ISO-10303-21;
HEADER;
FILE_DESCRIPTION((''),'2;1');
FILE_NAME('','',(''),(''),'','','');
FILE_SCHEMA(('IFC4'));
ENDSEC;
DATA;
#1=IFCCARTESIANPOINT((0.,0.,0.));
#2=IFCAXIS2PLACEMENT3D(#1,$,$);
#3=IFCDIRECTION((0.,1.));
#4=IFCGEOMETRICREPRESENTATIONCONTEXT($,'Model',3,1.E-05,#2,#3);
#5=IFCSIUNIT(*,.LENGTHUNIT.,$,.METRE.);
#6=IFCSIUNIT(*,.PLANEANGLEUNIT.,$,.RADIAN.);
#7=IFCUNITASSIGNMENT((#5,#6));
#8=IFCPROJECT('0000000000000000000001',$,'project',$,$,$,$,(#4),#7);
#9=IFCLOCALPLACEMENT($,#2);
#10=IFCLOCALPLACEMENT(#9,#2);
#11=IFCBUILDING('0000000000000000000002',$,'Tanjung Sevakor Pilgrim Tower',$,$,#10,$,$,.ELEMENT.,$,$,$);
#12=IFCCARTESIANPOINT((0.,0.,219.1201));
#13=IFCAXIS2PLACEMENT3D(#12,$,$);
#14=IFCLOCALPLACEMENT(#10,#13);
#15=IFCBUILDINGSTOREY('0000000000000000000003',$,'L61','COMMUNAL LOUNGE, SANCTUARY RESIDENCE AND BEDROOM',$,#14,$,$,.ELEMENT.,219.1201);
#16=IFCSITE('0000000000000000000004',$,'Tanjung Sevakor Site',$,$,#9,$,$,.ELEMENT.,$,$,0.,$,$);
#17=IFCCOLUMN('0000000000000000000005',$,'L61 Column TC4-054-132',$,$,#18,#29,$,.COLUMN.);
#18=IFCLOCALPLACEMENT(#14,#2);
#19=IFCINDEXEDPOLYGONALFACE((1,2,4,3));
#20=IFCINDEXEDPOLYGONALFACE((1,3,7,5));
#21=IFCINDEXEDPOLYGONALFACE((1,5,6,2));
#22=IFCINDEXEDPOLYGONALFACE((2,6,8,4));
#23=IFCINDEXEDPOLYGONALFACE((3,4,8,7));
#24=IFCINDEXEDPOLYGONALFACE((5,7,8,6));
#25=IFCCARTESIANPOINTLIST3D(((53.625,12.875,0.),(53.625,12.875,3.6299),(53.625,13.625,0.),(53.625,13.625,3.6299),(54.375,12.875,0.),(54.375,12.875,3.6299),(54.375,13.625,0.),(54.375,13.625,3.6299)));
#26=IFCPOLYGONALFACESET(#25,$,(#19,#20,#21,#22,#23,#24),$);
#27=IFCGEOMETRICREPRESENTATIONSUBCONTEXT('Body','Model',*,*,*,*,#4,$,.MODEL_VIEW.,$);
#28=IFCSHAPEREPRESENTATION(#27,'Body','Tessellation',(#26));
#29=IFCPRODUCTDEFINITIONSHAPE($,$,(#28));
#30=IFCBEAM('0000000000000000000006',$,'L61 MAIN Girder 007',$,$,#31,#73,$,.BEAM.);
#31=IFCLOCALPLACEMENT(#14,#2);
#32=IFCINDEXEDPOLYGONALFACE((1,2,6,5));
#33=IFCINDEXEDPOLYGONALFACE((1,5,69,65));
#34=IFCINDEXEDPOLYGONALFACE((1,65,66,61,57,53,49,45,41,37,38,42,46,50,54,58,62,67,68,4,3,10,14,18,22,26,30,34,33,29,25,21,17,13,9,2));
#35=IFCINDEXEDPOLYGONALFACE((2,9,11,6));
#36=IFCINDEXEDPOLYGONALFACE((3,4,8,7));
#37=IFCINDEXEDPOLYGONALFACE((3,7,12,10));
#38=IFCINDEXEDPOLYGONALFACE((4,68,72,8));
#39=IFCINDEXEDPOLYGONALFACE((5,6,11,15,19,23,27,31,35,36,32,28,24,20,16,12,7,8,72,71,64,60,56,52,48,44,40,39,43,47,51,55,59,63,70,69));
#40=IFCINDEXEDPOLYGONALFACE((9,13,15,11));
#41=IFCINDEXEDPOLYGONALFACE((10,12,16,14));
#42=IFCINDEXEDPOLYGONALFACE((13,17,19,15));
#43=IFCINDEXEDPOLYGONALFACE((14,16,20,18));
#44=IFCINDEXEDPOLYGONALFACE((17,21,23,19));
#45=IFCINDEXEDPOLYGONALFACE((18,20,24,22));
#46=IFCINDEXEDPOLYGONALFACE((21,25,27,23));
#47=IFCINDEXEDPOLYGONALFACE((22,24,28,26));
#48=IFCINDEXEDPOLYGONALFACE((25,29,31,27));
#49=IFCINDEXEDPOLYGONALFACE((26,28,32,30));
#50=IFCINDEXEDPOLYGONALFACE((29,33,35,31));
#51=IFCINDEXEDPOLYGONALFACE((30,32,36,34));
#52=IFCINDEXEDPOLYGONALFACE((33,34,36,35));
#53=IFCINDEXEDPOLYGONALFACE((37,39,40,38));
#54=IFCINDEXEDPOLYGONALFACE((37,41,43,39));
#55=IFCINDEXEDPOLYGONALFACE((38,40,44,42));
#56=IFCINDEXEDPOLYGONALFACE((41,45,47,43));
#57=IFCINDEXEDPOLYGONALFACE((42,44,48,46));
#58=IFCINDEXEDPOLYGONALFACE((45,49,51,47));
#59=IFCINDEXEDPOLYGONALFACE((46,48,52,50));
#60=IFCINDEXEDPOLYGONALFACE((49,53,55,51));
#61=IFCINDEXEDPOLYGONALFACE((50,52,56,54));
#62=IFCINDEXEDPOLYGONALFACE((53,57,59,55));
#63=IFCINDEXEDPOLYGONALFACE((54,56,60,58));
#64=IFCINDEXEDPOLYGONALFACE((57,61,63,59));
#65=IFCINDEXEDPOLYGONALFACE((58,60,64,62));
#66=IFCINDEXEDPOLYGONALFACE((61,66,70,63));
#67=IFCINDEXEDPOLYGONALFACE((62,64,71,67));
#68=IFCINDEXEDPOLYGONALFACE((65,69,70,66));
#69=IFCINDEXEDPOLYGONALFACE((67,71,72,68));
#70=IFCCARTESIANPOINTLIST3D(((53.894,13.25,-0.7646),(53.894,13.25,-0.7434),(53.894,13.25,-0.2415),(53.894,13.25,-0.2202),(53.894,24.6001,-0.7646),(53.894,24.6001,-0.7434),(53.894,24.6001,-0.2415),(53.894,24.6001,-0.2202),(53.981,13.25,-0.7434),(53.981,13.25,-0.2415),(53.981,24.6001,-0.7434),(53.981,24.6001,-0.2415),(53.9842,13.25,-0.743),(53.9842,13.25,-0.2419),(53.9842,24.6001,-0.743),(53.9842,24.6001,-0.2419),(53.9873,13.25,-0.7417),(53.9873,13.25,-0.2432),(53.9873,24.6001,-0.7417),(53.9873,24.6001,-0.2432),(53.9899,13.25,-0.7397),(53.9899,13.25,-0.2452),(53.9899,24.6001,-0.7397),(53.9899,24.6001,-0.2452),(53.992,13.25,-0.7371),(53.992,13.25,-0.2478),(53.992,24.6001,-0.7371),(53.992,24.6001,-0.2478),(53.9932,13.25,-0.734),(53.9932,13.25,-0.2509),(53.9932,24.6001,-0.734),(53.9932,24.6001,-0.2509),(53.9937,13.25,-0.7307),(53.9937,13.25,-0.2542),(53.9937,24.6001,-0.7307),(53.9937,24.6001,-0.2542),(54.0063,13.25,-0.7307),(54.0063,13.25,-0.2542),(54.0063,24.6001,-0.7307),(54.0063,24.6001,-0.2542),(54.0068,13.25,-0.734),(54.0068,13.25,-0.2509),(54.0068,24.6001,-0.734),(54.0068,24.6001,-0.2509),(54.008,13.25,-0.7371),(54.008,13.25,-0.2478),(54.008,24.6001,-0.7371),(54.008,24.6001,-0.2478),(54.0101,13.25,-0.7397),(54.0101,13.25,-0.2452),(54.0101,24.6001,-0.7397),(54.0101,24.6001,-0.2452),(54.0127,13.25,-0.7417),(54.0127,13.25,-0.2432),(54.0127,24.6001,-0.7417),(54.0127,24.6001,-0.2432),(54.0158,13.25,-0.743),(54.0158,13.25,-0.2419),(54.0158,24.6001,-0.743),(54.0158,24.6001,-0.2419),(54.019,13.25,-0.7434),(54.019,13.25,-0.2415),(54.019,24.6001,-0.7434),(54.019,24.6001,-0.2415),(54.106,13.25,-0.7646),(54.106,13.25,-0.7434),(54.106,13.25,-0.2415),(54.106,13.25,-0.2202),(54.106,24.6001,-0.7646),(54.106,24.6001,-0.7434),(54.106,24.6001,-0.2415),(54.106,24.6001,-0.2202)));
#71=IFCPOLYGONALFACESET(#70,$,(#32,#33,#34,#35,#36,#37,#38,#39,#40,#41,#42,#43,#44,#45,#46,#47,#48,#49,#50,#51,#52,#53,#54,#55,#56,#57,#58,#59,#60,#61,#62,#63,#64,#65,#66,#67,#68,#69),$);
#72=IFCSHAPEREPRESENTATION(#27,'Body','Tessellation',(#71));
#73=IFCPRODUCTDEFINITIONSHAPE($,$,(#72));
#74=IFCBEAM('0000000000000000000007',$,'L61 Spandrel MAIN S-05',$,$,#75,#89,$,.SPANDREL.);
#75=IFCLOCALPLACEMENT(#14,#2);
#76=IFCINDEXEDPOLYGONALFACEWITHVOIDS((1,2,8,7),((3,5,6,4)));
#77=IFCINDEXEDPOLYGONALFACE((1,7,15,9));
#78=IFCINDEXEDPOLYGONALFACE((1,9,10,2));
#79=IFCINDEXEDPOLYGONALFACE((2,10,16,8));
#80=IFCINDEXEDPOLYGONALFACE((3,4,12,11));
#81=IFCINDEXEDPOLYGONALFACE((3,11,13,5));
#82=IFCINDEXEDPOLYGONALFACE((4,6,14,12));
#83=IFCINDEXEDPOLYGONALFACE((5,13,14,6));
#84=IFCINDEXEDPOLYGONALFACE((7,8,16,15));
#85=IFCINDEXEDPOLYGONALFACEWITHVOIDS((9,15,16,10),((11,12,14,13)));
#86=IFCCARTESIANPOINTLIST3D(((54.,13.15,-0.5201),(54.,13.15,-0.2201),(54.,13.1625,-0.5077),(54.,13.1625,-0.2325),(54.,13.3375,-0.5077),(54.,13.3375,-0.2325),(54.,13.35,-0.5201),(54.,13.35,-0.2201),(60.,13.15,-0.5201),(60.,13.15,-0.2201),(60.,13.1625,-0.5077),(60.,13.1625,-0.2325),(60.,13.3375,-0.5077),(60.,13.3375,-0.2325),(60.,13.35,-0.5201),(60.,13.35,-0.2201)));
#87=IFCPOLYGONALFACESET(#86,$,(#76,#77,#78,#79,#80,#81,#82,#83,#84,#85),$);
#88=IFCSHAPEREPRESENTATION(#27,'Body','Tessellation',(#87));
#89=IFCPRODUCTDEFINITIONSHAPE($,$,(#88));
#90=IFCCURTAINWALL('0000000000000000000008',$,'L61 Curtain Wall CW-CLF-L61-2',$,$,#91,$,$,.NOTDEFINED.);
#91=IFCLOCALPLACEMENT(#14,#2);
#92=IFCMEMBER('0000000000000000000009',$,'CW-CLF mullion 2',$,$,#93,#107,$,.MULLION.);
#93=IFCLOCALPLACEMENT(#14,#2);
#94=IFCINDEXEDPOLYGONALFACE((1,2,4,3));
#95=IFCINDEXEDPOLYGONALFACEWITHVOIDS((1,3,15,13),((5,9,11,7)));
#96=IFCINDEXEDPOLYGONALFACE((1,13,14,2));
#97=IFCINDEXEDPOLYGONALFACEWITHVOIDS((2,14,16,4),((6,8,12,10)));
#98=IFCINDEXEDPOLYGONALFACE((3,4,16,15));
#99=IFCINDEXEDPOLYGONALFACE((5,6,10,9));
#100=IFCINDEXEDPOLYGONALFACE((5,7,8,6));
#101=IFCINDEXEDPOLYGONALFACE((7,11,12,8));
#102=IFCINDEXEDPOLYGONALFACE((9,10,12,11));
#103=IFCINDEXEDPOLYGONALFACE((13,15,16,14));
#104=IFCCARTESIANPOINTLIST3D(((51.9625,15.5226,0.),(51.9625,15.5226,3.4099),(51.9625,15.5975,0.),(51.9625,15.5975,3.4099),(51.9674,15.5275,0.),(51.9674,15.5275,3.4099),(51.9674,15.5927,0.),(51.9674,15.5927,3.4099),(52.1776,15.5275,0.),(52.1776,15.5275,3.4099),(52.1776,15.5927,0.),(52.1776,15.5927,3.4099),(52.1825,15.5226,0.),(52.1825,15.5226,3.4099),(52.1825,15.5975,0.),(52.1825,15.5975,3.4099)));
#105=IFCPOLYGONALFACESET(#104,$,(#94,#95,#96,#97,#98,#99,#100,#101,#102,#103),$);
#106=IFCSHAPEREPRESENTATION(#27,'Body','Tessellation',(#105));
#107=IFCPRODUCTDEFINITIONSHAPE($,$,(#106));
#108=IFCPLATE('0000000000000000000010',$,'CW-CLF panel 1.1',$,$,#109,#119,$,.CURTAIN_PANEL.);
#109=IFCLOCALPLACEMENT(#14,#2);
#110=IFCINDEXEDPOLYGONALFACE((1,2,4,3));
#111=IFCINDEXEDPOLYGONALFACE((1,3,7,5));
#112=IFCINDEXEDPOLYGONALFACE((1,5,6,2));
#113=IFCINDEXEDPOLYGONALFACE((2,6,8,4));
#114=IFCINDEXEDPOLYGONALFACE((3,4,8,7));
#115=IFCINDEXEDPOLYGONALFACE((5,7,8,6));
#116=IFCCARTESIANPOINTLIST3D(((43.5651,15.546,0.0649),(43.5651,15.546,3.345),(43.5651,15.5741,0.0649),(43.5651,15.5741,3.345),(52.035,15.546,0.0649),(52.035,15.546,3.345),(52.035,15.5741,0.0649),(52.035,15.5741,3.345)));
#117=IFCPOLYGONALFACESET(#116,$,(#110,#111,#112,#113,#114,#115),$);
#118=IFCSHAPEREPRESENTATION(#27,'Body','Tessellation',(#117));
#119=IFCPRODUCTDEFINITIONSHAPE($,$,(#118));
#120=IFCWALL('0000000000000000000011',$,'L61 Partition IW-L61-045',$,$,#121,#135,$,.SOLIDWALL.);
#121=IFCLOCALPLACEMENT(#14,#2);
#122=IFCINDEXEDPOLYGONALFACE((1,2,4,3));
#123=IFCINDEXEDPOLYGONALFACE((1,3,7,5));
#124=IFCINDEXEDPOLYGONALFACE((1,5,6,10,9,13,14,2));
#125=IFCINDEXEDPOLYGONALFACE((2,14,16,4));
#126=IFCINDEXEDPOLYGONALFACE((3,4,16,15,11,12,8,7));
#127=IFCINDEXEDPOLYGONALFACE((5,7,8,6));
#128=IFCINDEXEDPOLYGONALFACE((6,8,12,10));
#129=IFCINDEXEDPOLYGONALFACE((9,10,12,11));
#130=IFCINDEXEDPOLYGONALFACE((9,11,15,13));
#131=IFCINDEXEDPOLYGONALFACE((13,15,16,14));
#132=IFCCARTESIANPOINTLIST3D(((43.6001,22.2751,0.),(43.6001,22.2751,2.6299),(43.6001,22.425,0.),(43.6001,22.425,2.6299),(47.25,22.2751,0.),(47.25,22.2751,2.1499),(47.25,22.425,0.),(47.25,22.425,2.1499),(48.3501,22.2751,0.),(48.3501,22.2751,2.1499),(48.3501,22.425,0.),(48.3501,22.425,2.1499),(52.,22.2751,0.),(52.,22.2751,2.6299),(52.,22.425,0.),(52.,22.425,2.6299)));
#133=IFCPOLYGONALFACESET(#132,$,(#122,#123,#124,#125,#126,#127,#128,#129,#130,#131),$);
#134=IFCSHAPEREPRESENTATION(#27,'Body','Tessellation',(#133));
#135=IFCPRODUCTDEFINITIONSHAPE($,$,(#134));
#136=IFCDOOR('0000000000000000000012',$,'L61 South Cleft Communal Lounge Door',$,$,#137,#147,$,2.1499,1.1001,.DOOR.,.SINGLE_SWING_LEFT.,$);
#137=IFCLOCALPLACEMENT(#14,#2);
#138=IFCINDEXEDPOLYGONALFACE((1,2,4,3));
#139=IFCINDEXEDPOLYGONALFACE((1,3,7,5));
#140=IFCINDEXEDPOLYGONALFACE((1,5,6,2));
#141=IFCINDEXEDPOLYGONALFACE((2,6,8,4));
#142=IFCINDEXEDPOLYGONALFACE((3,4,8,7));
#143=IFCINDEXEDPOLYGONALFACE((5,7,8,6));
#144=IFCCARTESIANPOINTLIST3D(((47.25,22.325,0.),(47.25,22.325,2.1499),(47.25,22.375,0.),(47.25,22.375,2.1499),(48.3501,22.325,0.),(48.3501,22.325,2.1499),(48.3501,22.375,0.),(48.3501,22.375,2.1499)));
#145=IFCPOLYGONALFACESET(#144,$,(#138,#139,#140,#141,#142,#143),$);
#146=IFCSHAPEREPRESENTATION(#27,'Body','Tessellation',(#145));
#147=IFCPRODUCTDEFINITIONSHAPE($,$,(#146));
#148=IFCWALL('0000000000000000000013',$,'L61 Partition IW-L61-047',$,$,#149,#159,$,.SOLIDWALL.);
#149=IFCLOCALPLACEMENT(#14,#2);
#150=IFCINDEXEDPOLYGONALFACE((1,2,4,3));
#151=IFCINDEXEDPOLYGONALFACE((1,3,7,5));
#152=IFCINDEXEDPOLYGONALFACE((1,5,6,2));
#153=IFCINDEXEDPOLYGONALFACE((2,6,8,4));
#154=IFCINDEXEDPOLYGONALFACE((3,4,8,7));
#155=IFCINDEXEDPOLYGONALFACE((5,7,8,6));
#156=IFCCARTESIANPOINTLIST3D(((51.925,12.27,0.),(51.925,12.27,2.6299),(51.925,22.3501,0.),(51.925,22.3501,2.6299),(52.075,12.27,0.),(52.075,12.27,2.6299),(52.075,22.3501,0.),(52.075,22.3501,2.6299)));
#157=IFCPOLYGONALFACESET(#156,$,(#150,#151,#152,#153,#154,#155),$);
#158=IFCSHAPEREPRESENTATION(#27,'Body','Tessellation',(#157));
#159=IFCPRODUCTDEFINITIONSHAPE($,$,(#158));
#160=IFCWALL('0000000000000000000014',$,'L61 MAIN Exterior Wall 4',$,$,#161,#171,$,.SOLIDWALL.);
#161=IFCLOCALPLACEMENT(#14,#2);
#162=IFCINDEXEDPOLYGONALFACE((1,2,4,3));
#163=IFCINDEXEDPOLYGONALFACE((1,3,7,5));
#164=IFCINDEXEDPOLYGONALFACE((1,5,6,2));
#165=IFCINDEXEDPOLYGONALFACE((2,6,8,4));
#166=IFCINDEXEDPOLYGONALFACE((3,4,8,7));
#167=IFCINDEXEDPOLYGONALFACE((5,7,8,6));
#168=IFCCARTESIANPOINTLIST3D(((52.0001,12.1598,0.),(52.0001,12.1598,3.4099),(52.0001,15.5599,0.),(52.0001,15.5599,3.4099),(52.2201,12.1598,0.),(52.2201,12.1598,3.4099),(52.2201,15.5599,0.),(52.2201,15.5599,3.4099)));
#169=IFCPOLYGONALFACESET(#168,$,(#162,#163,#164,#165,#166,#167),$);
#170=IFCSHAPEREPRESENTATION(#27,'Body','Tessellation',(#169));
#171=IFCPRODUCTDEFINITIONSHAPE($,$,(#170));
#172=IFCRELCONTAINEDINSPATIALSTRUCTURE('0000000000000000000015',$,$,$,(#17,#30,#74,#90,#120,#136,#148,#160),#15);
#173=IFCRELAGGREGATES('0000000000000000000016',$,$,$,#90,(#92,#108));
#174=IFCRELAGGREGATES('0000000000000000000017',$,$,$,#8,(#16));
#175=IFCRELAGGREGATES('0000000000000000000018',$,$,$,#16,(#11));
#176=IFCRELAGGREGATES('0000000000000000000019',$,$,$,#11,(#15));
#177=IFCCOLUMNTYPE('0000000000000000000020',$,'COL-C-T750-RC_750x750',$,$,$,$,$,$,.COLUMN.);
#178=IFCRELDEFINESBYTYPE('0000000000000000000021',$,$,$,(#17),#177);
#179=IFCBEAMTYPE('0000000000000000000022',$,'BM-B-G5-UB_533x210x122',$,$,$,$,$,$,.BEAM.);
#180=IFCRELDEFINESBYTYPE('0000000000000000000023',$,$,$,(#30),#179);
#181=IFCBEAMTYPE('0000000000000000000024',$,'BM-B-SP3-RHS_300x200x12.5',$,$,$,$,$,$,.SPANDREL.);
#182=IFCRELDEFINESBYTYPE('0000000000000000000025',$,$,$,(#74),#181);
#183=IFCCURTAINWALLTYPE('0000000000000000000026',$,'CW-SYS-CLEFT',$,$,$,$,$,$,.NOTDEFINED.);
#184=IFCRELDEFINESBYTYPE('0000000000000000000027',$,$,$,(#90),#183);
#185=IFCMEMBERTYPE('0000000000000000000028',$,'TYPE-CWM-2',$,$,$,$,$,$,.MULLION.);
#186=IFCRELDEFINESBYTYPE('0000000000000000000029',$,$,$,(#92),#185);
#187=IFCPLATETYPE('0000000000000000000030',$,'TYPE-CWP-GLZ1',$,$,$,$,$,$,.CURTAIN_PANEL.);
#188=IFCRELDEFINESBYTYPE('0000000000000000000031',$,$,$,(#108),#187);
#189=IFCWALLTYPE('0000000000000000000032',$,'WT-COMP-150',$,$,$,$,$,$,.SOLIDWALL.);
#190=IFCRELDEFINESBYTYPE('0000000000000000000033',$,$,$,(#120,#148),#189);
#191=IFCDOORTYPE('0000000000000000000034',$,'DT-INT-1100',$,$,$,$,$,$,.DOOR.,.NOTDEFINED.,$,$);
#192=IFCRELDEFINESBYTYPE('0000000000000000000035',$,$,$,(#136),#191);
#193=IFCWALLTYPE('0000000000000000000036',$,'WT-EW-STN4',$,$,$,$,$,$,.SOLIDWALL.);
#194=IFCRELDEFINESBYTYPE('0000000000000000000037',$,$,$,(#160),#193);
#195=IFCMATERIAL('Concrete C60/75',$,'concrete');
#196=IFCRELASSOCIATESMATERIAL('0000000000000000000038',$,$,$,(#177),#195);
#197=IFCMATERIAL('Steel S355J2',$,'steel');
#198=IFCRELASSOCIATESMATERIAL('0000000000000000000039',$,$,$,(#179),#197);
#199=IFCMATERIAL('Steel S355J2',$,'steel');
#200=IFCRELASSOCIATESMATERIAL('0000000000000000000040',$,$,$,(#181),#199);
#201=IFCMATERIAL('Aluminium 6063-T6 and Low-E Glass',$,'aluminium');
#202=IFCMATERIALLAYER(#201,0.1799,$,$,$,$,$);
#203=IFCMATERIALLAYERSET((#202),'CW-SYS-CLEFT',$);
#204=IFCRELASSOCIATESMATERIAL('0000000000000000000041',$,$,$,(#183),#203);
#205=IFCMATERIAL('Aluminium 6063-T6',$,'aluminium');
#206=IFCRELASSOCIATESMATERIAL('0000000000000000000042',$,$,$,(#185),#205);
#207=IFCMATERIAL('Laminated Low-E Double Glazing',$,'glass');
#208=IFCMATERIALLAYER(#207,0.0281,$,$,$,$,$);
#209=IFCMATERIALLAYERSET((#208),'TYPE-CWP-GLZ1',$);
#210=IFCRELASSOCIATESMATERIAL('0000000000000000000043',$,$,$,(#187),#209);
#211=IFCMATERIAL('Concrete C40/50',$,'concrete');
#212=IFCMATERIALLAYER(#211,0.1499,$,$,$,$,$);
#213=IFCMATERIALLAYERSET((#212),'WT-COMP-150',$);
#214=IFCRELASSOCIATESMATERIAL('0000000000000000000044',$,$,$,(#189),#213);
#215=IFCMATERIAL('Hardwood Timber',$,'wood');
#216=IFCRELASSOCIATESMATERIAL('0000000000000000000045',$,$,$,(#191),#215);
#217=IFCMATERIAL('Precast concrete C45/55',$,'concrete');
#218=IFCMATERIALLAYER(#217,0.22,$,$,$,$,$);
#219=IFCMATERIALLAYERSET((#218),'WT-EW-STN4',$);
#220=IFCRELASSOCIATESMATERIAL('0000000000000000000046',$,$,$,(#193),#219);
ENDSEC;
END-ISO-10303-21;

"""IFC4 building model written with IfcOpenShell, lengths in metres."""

from ifc_helpers import new_model, si_unit, direction, frame, frame_2d, origin, origin_2d, place, context, subcontext, project, spatial, rectangle, hollow_rectangle, i_section, extrude, material, layer, layer_set, material_profile, profile_set, type_object, element, fill, aggregate, save


model = new_model("IFC4")

# Units and contexts
model_context = context("Model", 3, precision=1e-05, world=origin(), true_north=direction((0.0, 1.0)))
body_context = subcontext(model_context, "Body", "Model", "MODEL_VIEW")
ifc_project = project(units=[si_unit("LENGTHUNIT", "METRE"), si_unit("PLANEANGLEUNIT", "RADIAN")], contexts=[model_context])

# Site, building, storey
site_placement = place(None, origin())
site = spatial("IfcSite", under=ifc_project, at=site_placement, Name="Tanjung Sevakor Site", CompositionType="ELEMENT", RefElevation=0.0)
building_placement = place(site_placement, origin())
building = spatial("IfcBuilding", under=site, at=building_placement, Name="Tanjung Sevakor Pilgrim Tower", CompositionType="ELEMENT")
storey_placement = place(building_placement, frame((0.0, 0.0, 219.1201)))
storey = spatial("IfcBuildingStorey", under=building, at=storey_placement, Name="L61", Description="COMMUNAL LOUNGE, SANCTUARY RESIDENCE AND BEDROOM", CompositionType="ELEMENT", Elevation=219.1201)

# Column
ifc_material_1 = material(Name="Concrete C60/75", Category="concrete")
ifc_material_profile_1 = material_profile(ifc_material_1, rectangle(XDim=0.75, YDim=0.75, at=origin_2d()))
ifc_profile_set_1 = profile_set([ifc_material_profile_1], Name="Concrete C60/75")
column_type = type_object("IfcColumnType", Name="COL-C-T750-RC_750x750", PredefinedType="COLUMN", material=ifc_profile_set_1)
column_placement = place(storey_placement, frame((54.0, 13.25, 0.0), z_axis=(0.0, 0.0, 1.0), x_axis=(1.0, 0.0, 0.0)))
element("IfcColumn", 1, at=column_placement, inside=storey, type_object=column_type, Name="L61 Column TC4-054-132", PredefinedType="COLUMN", context=body_context, shape_type="SweptSolid", body=[
    extrude(rectangle(XDim=0.75, YDim=0.75, at=origin_2d()), origin(), (0.0, 0.0, 1.0), 3.6299),
])

# Beams
ifc_material_2 = material(Name="Steel S355J2", Category="steel")
ifc_material_profile_2 = material_profile(ifc_material_2, i_section(OverallWidth=0.2119, OverallDepth=0.5444, WebThickness=0.0127, FlangeThickness=0.0212, FilletRadius=0.0127, at=origin_2d()))
ifc_profile_set_2 = profile_set([ifc_material_profile_2], Name="Steel S355J2")
beam_type_1 = type_object("IfcBeamType", Name="BM-B-G5-UB_533x210x122", PredefinedType="BEAM", material=ifc_profile_set_2)
beam_1_placement = place(storey_placement, frame((54.0, 13.25, -0.4924), z_axis=(0.0, 1.0, 0.0), x_axis=(-1.0, 0.0, 0.0)))
element("IfcBeam", 2, at=beam_1_placement, inside=storey, type_object=beam_type_1, Name="L61 MAIN Girder 007", PredefinedType="BEAM", context=body_context, shape_type="SweptSolid", body=[
    extrude(i_section(OverallWidth=0.2119, OverallDepth=0.5444, WebThickness=0.0127, FlangeThickness=0.0212, FilletRadius=0.0127, at=origin_2d()), origin(), (0.0, 0.0, 1.0), 11.3501),
])
ifc_material_3 = material(Name="Steel S355J2", Category="steel")
ifc_material_profile_3 = material_profile(ifc_material_3, hollow_rectangle(XDim=0.2, YDim=0.3, WallThickness=0.0125, at=origin_2d()))
ifc_profile_set_3 = profile_set([ifc_material_profile_3], Name="Steel S355J2")
beam_type_2 = type_object("IfcBeamType", Name="BM-B-SP3-RHS_300x200x12.5", PredefinedType="SPANDREL", material=ifc_profile_set_3)
beam_2_placement = place(storey_placement, frame((54.0, 13.25, -0.3701), z_axis=(1.0, 0.0, 0.0), x_axis=(0.0, 1.0, 0.0)))
element("IfcBeam", 3, at=beam_2_placement, inside=storey, type_object=beam_type_2, Name="L61 Spandrel MAIN S-05", PredefinedType="SPANDREL", context=body_context, shape_type="SweptSolid", body=[
    extrude(hollow_rectangle(XDim=0.2, YDim=0.3, WallThickness=0.0125, at=origin_2d()), origin(), (0.0, 0.0, 1.0), 6.0),
])

# Curtain wall, member, plate
ifc_material_4 = material(Name="Aluminium 6063-T6 and Low-E Glass", Category="aluminium")
ifc_layer_1 = layer(ifc_material_4, 0.1799)
ifc_layer_set_1 = layer_set([ifc_layer_1], Name="CW-SYS-CLEFT")
curtain_wall_type = type_object("IfcCurtainWallType", Name="CW-SYS-CLEFT", PredefinedType="NOTDEFINED", material=ifc_layer_set_1)
curtain_wall_placement = place(storey_placement, origin())
curtain_wall = element("IfcCurtainWall", 4, at=curtain_wall_placement, inside=storey, type_object=curtain_wall_type, Name="L61 Curtain Wall CW-CLF-L61-2", PredefinedType="NOTDEFINED")
ifc_material_5 = material(Name="Aluminium 6063-T6", Category="aluminium")
ifc_material_profile_4 = material_profile(ifc_material_5, hollow_rectangle(XDim=0.075, YDim=0.22, WallThickness=0.0049, at=origin_2d()))
ifc_profile_set_4 = profile_set([ifc_material_profile_4], Name="Aluminium 6063-T6")
member_type = type_object("IfcMemberType", Name="TYPE-CWM-2", PredefinedType="MULLION", material=ifc_profile_set_4)
member_placement = place(storey_placement, frame((52.0725, 15.5601, 0.0), z_axis=(0.0, 0.0, 1.0), x_axis=(0.0, 1.0, 0.0)))
member = element("IfcMember", 5, at=member_placement, type_object=member_type, Name="CW-CLF mullion 2", PredefinedType="MULLION", context=body_context, shape_type="SweptSolid", body=[
    extrude(hollow_rectangle(XDim=0.075, YDim=0.22, WallThickness=0.0049, at=origin_2d()), origin(), (0.0, 0.0, 1.0), 3.4099),
])
ifc_material_6 = material(Name="Laminated Low-E Double Glazing", Category="glass")
ifc_layer_2 = layer(ifc_material_6, 0.0281)
ifc_layer_set_2 = layer_set([ifc_layer_2], Name="TYPE-CWP-GLZ1")
plate_type = type_object("IfcPlateType", Name="TYPE-CWP-GLZ1", PredefinedType="CURTAIN_PANEL", material=ifc_layer_set_2)
plate_placement = place(storey_placement, frame((47.8, 15.5601, 0.0649), z_axis=(0.0, 0.0, 1.0), x_axis=(1.0, 0.0, 0.0)))
plate = element("IfcPlate", 6, at=plate_placement, type_object=plate_type, Name="CW-CLF panel 1.1", PredefinedType="CURTAIN_PANEL", context=body_context, shape_type="SweptSolid", body=[
    extrude(rectangle(XDim=8.47, YDim=0.0281, at=origin_2d()), origin(), (0.0, 0.0, 1.0), 3.28),
])
aggregate(curtain_wall, [member, plate])

# Wall, opening, door
ifc_material_7 = material(Name="Concrete C40/50", Category="concrete")
ifc_layer_3 = layer(ifc_material_7, 0.1499)
ifc_layer_set_3 = layer_set([ifc_layer_3], Name="WT-COMP-150")
wall_type_1 = type_object("IfcWallType", Name="WT-COMP-150", PredefinedType="SOLIDWALL", material=ifc_layer_set_3)
wall_1_placement = place(storey_placement, frame((43.6001, 22.3501, 0.0), z_axis=(0.0, 0.0, 1.0), x_axis=(1.0, 0.0, 0.0)))
wall_1 = element("IfcWall", 7, at=wall_1_placement, inside=storey, type_object=wall_type_1, Name="L61 Partition IW-L61-045", PredefinedType="SOLIDWALL", context=body_context, shape_type="SweptSolid", body=[
    extrude(rectangle(XDim=8.3999, YDim=0.1499, at=frame_2d((4.2, 0.0))), origin(), (0.0, 0.0, 1.0), 2.6299),
])
opening_1_placement = place(wall_1_placement, frame((3.6499, 0.0, 0.0)))
opening_1 = element("IfcOpeningElement", 8, at=opening_1_placement, cuts=wall_1, PredefinedType="OPENING", context=body_context, shape_type="SweptSolid", body=[
    extrude(rectangle(XDim=1.1001, YDim=2.1499, at=frame_2d((0.55, 1.075))), frame((0.0, 0.085, 0.0), z_axis=(0.0, -1.0, 0.0), x_axis=(1.0, 0.0, 0.0)), (0.0, 0.0, 1.0), 0.1699),
])
ifc_material_8 = material(Name="Hardwood Timber", Category="wood")
door_type_1 = type_object("IfcDoorType", Name="DT-INT-1100", OperationType="NOTDEFINED", PredefinedType="DOOR", material=ifc_material_8)
door_1_placement = place(opening_1_placement, origin())
door_1 = element("IfcDoor", 9, at=door_1_placement, inside=storey, type_object=door_type_1, Name="L61 South Cleft Communal Lounge Door", OperationType="SINGLE_SWING_LEFT", OverallHeight=2.1499, OverallWidth=1.1001, PredefinedType="DOOR", context=body_context, shape_type="SweptSolid", body=[
    extrude(rectangle(XDim=1.1001, YDim=2.1499, at=frame_2d((0.55, 1.075))), frame((0.0, 0.0249, 0.0), z_axis=(0.0, -1.0, 0.0), x_axis=(1.0, 0.0, 0.0)), (0.0, 0.0, 1.0), 0.05),
])
fill(opening_1, door_1)

# Walls
wall_2_placement = place(storey_placement, frame((52.0, 12.27, 0.0), z_axis=(0.0, 0.0, 1.0), x_axis=(0.0, 1.0, 0.0)))
element("IfcWall", 10, at=wall_2_placement, inside=storey, type_object=wall_type_1, Name="L61 Partition IW-L61-047", PredefinedType="SOLIDWALL", context=body_context, shape_type="SweptSolid", body=[
    extrude(rectangle(XDim=10.0801, YDim=0.1499, at=frame_2d((5.04, 0.0))), origin(), (0.0, 0.0, 1.0), 2.6299),
])
ifc_material_9 = material(Name="Precast concrete C45/55", Category="concrete")
ifc_layer_4 = layer(ifc_material_9, 0.22)
ifc_layer_set_4 = layer_set([ifc_layer_4], Name="WT-EW-STN4")
wall_type_2 = type_object("IfcWallType", Name="WT-EW-STN4", PredefinedType="SOLIDWALL", material=ifc_layer_set_4)
wall_3_placement = place(storey_placement, frame((52.1101, 15.5601, 0.0), z_axis=(0.0, 0.0, 1.0), x_axis=(0.0, -1.0, 0.0)))
element("IfcWall", 11, at=wall_3_placement, inside=storey, type_object=wall_type_2, Name="L61 MAIN Exterior Wall 4", PredefinedType="SOLIDWALL", context=body_context, shape_type="SweptSolid", body=[
    extrude(rectangle(XDim=3.4001, YDim=0.22, at=frame_2d((1.7002, 0.0))), origin(), (0.0, 0.0, 1.0), 3.4099),
])

save(model, "model.ifc")
